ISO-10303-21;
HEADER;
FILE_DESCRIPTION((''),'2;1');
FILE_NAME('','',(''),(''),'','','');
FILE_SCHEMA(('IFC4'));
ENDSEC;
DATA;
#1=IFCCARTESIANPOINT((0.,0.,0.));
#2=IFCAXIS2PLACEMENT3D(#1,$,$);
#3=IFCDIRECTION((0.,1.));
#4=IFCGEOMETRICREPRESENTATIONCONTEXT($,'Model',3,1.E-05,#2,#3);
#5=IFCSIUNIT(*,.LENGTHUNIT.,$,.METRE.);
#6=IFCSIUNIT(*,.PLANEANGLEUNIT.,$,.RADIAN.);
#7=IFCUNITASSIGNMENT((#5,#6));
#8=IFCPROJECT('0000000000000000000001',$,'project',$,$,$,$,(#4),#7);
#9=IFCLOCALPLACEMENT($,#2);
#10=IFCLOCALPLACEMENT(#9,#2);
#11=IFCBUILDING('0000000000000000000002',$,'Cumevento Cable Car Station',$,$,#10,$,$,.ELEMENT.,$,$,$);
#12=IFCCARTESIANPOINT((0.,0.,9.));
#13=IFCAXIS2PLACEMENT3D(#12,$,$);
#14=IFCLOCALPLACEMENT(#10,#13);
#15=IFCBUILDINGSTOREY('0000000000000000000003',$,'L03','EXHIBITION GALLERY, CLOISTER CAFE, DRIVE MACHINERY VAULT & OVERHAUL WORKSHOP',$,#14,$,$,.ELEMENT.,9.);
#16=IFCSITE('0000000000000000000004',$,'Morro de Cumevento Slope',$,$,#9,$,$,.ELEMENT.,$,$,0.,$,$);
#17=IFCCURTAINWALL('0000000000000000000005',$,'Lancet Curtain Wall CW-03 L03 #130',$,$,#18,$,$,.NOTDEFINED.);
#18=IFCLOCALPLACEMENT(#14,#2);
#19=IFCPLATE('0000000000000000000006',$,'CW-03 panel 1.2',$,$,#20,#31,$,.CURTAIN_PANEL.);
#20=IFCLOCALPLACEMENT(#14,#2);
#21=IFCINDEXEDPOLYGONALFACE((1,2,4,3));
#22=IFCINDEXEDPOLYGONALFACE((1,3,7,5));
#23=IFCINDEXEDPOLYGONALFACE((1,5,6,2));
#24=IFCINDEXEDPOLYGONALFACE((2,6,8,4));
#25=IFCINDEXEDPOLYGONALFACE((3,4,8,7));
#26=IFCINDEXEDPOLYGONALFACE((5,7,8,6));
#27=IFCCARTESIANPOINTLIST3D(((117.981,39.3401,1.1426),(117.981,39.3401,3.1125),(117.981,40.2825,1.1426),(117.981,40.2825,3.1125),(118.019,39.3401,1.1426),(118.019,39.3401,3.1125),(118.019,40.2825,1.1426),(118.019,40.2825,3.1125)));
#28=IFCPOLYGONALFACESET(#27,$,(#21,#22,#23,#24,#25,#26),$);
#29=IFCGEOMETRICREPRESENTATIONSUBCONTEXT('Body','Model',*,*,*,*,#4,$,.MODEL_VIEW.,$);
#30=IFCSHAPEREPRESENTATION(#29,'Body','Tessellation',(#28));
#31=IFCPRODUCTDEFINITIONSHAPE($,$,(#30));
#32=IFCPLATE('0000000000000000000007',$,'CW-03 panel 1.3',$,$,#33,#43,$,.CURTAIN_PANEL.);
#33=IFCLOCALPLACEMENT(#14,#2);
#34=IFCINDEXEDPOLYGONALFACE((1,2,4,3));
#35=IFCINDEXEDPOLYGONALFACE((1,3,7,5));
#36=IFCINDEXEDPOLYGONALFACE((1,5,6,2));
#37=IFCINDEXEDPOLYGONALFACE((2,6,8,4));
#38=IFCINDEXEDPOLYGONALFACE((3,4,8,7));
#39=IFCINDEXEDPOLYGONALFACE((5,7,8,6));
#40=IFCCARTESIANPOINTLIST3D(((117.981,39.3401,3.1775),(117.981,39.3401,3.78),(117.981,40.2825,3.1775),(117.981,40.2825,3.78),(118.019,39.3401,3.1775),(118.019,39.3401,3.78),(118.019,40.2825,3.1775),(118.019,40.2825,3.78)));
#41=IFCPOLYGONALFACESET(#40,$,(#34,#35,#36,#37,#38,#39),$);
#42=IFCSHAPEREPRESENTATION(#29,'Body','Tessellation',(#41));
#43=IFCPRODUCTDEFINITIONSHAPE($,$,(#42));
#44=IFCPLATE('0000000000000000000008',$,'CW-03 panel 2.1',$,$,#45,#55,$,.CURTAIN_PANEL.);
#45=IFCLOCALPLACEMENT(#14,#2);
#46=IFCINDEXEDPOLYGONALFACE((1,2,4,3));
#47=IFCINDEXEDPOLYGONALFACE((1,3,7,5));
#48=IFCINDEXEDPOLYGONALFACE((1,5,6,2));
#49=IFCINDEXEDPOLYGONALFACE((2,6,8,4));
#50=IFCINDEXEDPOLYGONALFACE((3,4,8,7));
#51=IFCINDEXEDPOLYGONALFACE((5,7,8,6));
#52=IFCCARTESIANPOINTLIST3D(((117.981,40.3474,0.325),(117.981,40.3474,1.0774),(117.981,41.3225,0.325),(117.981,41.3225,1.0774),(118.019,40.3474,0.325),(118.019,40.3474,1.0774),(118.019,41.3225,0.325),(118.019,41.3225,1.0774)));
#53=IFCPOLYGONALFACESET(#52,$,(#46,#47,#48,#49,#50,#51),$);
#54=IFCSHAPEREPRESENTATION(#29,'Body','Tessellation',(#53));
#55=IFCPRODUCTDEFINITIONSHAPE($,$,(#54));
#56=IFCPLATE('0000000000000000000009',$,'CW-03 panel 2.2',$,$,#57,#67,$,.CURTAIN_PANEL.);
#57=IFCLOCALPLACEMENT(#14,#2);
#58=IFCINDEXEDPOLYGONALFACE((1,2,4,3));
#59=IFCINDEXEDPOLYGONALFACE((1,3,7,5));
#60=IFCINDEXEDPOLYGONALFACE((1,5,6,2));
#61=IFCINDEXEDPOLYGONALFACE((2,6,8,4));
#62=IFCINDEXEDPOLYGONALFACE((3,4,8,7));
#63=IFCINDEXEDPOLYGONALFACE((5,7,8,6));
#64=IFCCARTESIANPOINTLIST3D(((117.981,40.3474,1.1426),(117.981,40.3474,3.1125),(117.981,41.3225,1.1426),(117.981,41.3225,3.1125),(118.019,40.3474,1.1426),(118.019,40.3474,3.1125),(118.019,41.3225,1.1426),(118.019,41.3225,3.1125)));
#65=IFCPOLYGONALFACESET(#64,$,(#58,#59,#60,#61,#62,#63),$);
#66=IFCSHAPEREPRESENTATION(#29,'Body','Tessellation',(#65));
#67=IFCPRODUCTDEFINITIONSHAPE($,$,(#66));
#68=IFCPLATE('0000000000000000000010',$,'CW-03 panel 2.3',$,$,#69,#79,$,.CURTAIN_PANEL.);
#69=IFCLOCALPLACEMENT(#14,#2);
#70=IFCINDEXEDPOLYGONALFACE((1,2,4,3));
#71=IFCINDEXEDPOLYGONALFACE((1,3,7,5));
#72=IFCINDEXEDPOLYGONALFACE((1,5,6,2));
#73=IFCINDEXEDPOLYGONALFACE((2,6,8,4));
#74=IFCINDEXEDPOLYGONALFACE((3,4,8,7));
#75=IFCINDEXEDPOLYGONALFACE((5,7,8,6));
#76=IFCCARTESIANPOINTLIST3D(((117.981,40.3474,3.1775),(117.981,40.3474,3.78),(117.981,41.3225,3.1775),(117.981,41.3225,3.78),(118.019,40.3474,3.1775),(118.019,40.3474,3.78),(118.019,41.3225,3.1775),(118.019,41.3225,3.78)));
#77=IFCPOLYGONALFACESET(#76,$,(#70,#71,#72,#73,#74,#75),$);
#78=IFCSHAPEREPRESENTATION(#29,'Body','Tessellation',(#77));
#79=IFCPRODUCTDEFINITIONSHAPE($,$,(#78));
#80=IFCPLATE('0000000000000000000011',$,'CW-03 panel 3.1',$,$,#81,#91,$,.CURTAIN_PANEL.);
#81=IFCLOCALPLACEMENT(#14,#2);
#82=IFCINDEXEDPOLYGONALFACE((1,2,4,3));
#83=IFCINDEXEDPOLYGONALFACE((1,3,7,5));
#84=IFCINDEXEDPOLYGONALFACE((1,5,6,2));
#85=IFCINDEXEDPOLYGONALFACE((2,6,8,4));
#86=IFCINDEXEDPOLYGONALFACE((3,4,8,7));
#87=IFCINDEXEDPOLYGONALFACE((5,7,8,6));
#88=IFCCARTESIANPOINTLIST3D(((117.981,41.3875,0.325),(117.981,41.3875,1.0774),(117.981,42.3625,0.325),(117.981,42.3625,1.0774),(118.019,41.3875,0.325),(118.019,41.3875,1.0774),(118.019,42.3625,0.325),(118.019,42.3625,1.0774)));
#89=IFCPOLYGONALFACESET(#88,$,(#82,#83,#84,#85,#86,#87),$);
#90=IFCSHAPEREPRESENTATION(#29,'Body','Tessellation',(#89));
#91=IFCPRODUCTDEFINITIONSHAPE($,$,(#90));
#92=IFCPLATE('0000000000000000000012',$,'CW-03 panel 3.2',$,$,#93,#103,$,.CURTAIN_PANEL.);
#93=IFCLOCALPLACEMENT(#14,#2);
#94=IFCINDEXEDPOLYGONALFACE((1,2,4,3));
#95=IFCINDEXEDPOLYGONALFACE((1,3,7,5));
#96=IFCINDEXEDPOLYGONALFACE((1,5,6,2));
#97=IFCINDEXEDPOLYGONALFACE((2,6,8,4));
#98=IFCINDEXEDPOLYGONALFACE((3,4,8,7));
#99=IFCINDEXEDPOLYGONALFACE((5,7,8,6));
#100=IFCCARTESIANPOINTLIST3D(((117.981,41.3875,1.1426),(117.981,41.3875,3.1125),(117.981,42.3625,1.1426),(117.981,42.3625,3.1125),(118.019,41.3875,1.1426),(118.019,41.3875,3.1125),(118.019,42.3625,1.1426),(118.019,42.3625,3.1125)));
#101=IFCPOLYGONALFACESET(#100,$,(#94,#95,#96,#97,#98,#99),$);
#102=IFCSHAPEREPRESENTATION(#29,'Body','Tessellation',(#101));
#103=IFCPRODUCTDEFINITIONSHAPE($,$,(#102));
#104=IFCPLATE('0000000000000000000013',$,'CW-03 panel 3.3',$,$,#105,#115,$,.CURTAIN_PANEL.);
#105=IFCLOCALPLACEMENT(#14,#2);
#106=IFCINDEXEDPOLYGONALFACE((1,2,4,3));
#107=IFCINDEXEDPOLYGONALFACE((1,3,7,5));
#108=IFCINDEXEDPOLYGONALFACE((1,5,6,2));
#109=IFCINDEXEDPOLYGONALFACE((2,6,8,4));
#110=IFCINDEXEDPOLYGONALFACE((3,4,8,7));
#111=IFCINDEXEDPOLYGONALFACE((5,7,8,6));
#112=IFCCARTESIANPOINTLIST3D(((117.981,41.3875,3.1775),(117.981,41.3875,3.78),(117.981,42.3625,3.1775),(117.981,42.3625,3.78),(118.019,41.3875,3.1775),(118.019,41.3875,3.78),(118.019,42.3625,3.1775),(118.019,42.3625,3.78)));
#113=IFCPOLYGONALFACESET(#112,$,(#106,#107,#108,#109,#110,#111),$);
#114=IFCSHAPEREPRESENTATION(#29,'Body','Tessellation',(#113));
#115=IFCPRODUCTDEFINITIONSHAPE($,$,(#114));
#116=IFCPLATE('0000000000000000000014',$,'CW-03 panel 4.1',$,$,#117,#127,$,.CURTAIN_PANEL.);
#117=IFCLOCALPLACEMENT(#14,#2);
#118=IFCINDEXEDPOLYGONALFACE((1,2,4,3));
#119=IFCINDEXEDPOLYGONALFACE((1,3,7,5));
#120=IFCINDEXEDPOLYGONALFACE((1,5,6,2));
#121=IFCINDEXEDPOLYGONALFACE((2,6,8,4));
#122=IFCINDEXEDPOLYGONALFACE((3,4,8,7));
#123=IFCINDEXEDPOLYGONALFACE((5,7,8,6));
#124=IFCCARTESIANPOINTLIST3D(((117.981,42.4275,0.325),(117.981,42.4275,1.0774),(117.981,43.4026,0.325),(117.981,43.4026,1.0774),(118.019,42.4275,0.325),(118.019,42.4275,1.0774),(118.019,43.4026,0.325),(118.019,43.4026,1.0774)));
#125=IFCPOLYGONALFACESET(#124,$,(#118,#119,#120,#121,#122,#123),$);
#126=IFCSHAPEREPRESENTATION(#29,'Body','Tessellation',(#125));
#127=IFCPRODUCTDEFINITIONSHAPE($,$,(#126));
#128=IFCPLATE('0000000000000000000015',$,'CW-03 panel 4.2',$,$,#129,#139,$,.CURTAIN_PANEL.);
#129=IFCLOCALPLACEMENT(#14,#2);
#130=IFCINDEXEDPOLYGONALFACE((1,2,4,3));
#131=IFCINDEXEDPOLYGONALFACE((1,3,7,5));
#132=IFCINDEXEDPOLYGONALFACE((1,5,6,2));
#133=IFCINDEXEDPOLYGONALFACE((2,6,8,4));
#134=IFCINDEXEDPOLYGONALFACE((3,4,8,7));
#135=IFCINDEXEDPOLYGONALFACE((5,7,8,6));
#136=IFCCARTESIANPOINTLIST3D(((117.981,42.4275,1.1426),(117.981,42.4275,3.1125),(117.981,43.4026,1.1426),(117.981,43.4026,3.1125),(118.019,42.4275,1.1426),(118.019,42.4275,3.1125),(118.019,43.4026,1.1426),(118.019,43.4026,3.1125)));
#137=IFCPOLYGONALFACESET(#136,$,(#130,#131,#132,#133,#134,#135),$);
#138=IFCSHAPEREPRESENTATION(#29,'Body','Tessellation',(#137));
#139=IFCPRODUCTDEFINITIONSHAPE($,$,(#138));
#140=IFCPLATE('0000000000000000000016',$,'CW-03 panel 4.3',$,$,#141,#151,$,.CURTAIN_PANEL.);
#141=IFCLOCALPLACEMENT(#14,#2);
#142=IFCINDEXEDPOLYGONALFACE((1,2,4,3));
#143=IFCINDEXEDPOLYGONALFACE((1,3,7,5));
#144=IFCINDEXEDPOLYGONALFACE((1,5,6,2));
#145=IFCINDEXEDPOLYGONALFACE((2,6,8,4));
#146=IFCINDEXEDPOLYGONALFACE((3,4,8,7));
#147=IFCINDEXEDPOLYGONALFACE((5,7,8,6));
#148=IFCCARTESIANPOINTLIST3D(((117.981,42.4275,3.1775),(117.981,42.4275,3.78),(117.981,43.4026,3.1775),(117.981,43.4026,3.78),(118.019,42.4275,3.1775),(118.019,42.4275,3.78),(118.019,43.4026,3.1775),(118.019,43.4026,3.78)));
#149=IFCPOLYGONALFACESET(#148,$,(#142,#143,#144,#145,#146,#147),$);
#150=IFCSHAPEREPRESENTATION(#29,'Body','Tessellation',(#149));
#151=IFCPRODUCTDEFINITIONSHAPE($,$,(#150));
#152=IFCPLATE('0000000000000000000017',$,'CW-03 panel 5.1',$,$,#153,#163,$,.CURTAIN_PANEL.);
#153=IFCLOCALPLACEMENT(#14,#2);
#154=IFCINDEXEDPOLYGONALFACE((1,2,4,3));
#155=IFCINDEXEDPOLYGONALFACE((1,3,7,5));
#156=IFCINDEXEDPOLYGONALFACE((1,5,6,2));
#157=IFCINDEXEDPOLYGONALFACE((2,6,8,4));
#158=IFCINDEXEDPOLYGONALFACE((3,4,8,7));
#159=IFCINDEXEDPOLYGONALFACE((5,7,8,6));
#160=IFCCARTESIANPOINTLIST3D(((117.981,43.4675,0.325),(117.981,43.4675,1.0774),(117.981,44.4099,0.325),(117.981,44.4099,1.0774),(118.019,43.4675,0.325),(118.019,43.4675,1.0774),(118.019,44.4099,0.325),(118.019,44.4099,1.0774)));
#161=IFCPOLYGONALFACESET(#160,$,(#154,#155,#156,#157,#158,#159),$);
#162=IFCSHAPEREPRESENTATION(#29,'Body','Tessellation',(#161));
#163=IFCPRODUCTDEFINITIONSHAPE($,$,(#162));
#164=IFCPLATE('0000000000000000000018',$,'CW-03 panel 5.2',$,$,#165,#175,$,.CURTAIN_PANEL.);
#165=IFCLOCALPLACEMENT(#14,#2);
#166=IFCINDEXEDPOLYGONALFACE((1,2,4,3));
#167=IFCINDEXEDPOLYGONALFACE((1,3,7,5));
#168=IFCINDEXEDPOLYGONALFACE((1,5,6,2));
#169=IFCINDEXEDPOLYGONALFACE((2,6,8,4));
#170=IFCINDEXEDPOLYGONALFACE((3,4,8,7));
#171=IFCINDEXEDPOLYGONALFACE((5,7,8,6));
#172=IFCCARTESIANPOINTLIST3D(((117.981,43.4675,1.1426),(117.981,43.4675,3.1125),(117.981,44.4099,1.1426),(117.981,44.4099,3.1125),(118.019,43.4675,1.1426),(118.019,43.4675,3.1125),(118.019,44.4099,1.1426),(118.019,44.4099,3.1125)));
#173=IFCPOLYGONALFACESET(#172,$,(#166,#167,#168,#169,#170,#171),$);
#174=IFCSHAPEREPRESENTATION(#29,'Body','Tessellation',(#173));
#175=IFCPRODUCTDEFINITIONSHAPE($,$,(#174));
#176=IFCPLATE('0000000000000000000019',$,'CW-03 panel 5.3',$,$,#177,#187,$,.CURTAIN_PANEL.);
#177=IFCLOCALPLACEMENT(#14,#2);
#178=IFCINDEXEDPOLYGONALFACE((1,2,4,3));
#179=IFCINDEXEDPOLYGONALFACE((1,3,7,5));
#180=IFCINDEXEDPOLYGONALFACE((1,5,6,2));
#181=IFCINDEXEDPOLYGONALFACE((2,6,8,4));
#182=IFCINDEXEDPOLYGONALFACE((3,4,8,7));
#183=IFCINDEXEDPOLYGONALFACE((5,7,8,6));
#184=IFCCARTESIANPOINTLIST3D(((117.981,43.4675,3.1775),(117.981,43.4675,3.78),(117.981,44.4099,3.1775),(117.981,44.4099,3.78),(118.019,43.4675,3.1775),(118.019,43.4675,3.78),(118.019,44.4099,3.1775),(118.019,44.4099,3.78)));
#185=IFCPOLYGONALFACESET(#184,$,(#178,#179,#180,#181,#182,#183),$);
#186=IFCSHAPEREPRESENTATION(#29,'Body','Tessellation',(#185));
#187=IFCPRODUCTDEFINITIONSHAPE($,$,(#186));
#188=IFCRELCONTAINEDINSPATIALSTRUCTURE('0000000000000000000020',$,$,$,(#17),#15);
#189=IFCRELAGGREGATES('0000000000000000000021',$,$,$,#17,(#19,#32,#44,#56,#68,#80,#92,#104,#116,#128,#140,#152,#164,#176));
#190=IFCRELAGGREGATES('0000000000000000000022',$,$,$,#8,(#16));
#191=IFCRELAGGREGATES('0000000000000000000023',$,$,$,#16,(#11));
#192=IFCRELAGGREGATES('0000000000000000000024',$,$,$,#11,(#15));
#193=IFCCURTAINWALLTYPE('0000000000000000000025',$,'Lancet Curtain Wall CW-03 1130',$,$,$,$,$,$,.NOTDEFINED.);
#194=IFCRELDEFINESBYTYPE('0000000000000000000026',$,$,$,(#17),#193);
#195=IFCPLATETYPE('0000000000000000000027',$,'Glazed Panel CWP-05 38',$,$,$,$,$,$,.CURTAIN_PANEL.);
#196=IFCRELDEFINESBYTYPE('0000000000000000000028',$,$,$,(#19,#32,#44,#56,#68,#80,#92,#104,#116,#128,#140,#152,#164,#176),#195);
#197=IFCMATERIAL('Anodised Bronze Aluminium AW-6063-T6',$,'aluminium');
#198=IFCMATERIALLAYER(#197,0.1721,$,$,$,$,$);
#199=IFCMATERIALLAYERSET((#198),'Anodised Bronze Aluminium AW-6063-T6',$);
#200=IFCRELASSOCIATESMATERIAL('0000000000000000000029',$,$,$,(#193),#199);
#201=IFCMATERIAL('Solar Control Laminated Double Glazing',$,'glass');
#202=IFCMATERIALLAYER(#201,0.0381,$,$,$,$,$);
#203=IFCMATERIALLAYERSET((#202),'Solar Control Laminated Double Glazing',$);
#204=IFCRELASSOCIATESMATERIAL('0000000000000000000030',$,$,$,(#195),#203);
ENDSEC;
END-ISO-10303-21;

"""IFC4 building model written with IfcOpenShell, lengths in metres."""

from ifc_helpers import new_model, si_unit, direction, frame, origin, origin_2d, place, context, subcontext, project, spatial, rectangle, extrude, material, layer, layer_set, type_object, element, aggregate, save


model = new_model("IFC4")

# Units and contexts
model_context = context("Model", 3, precision=1e-05, world=origin(), true_north=direction((0.0, 1.0)))
body_context = subcontext(model_context, "Body", "Model", "MODEL_VIEW")
ifc_project = project(units=[si_unit("LENGTHUNIT", "METRE"), si_unit("PLANEANGLEUNIT", "RADIAN")], contexts=[model_context])

# Site, building, storey
site_placement = place(None, origin())
site = spatial("IfcSite", under=ifc_project, at=site_placement, Name="Morro de Cumevento Slope", CompositionType="ELEMENT", RefElevation=0.0)
building_placement = place(site_placement, origin())
building = spatial("IfcBuilding", under=site, at=building_placement, Name="Cumevento Cable Car Station", CompositionType="ELEMENT")
storey_placement = place(building_placement, frame((0.0, 0.0, 9.0)))
storey = spatial("IfcBuildingStorey", under=building, at=storey_placement, Name="L03", Description="EXHIBITION GALLERY, CLOISTER CAFE, DRIVE MACHINERY VAULT & OVERHAUL WORKSHOP", CompositionType="ELEMENT", Elevation=9.0)

# Curtain wall, plates
ifc_material_1 = material(Name="Anodised Bronze Aluminium AW-6063-T6", Category="aluminium")
ifc_layer_1 = layer(ifc_material_1, 0.1721)
ifc_layer_set_1 = layer_set([ifc_layer_1], Name="Anodised Bronze Aluminium AW-6063-T6")
curtain_wall_type = type_object("IfcCurtainWallType", Name="Lancet Curtain Wall CW-03 1130", PredefinedType="NOTDEFINED", material=ifc_layer_set_1)
curtain_wall_placement = place(storey_placement, origin())
curtain_wall = element("IfcCurtainWall", 1, at=curtain_wall_placement, inside=storey, type_object=curtain_wall_type, Name="Lancet Curtain Wall CW-03 L03 #130", PredefinedType="NOTDEFINED")
ifc_material_2 = material(Name="Solar Control Laminated Double Glazing", Category="glass")
ifc_layer_2 = layer(ifc_material_2, 0.0381)
ifc_layer_set_2 = layer_set([ifc_layer_2], Name="Solar Control Laminated Double Glazing")
plate_type = type_object("IfcPlateType", Name="Glazed Panel CWP-05 38", PredefinedType="CURTAIN_PANEL", material=ifc_layer_set_2)
plate_1_placement = place(storey_placement, frame((118.0, 39.8113, 1.1426), z_axis=(0.0, 0.0, 1.0), x_axis=(0.0, 1.0, 0.0)))
plate_1 = element("IfcPlate", 2, at=plate_1_placement, type_object=plate_type, Name="CW-03 panel 1.2", PredefinedType="CURTAIN_PANEL", context=body_context, shape_type="SweptSolid", body=[
    extrude(rectangle(XDim=0.9424, YDim=0.0381, at=origin_2d()), origin(), (0.0, 0.0, 1.0), 1.97),
])
plate_2_placement = place(storey_placement, frame((118.0, 39.8113, 3.1775), z_axis=(0.0, 0.0, 1.0), x_axis=(0.0, 1.0, 0.0)))
plate_2 = element("IfcPlate", 3, at=plate_2_placement, type_object=plate_type, Name="CW-03 panel 1.3", PredefinedType="CURTAIN_PANEL", context=body_context, shape_type="SweptSolid", body=[
    extrude(rectangle(XDim=0.9424, YDim=0.0381, at=origin_2d()), origin(), (0.0, 0.0, 1.0), 0.6025),
])
plate_3_placement = place(storey_placement, frame((118.0, 40.835, 0.325), z_axis=(0.0, 0.0, 1.0), x_axis=(0.0, 1.0, 0.0)))
plate_3 = element("IfcPlate", 4, at=plate_3_placement, type_object=plate_type, Name="CW-03 panel 2.1", PredefinedType="CURTAIN_PANEL", context=body_context, shape_type="SweptSolid", body=[
    extrude(rectangle(XDim=0.9751, YDim=0.0381, at=origin_2d()), origin(), (0.0, 0.0, 1.0), 0.7524),
])
plate_4_placement = place(storey_placement, frame((118.0, 40.835, 1.1426), z_axis=(0.0, 0.0, 1.0), x_axis=(0.0, 1.0, 0.0)))
plate_4 = element("IfcPlate", 5, at=plate_4_placement, type_object=plate_type, Name="CW-03 panel 2.2", PredefinedType="CURTAIN_PANEL", context=body_context, shape_type="SweptSolid", body=[
    extrude(rectangle(XDim=0.9751, YDim=0.0381, at=origin_2d()), origin(), (0.0, 0.0, 1.0), 1.97),
])
plate_5_placement = place(storey_placement, frame((118.0, 40.835, 3.1775), z_axis=(0.0, 0.0, 1.0), x_axis=(0.0, 1.0, 0.0)))
plate_5 = element("IfcPlate", 6, at=plate_5_placement, type_object=plate_type, Name="CW-03 panel 2.3", PredefinedType="CURTAIN_PANEL", context=body_context, shape_type="SweptSolid", body=[
    extrude(rectangle(XDim=0.9751, YDim=0.0381, at=origin_2d()), origin(), (0.0, 0.0, 1.0), 0.6025),
])
plate_6_placement = place(storey_placement, frame((118.0, 41.875, 0.325), z_axis=(0.0, 0.0, 1.0), x_axis=(0.0, 1.0, 0.0)))
plate_6 = element("IfcPlate", 7, at=plate_6_placement, type_object=plate_type, Name="CW-03 panel 3.1", PredefinedType="CURTAIN_PANEL", context=body_context, shape_type="SweptSolid", body=[
    extrude(rectangle(XDim=0.9751, YDim=0.0381, at=origin_2d()), origin(), (0.0, 0.0, 1.0), 0.7524),
])
plate_7_placement = place(storey_placement, frame((118.0, 41.875, 1.1426), z_axis=(0.0, 0.0, 1.0), x_axis=(0.0, 1.0, 0.0)))
plate_7 = element("IfcPlate", 8, at=plate_7_placement, type_object=plate_type, Name="CW-03 panel 3.2", PredefinedType="CURTAIN_PANEL", context=body_context, shape_type="SweptSolid", body=[
    extrude(rectangle(XDim=0.9751, YDim=0.0381, at=origin_2d()), origin(), (0.0, 0.0, 1.0), 1.97),
])
plate_8_placement = place(storey_placement, frame((118.0, 41.875, 3.1775), z_axis=(0.0, 0.0, 1.0), x_axis=(0.0, 1.0, 0.0)))
plate_8 = element("IfcPlate", 9, at=plate_8_placement, type_object=plate_type, Name="CW-03 panel 3.3", PredefinedType="CURTAIN_PANEL", context=body_context, shape_type="SweptSolid", body=[
    extrude(rectangle(XDim=0.9751, YDim=0.0381, at=origin_2d()), origin(), (0.0, 0.0, 1.0), 0.6025),
])
plate_9_placement = place(storey_placement, frame((118.0, 42.915, 0.325), z_axis=(0.0, 0.0, 1.0), x_axis=(0.0, 1.0, 0.0)))
plate_9 = element("IfcPlate", 10, at=plate_9_placement, type_object=plate_type, Name="CW-03 panel 4.1", PredefinedType="CURTAIN_PANEL", context=body_context, shape_type="SweptSolid", body=[
    extrude(rectangle(XDim=0.9751, YDim=0.0381, at=origin_2d()), origin(), (0.0, 0.0, 1.0), 0.7524),
])
plate_10_placement = place(storey_placement, frame((118.0, 42.915, 1.1426), z_axis=(0.0, 0.0, 1.0), x_axis=(0.0, 1.0, 0.0)))
plate_10 = element("IfcPlate", 11, at=plate_10_placement, type_object=plate_type, Name="CW-03 panel 4.2", PredefinedType="CURTAIN_PANEL", context=body_context, shape_type="SweptSolid", body=[
    extrude(rectangle(XDim=0.9751, YDim=0.0381, at=origin_2d()), origin(), (0.0, 0.0, 1.0), 1.97),
])
plate_11_placement = place(storey_placement, frame((118.0, 42.915, 3.1775), z_axis=(0.0, 0.0, 1.0), x_axis=(0.0, 1.0, 0.0)))
plate_11 = element("IfcPlate", 12, at=plate_11_placement, type_object=plate_type, Name="CW-03 panel 4.3", PredefinedType="CURTAIN_PANEL", context=body_context, shape_type="SweptSolid", body=[
    extrude(rectangle(XDim=0.9751, YDim=0.0381, at=origin_2d()), origin(), (0.0, 0.0, 1.0), 0.6025),
])
plate_12_placement = place(storey_placement, frame((118.0, 43.9387, 0.325), z_axis=(0.0, 0.0, 1.0), x_axis=(0.0, 1.0, 0.0)))
plate_12 = element("IfcPlate", 13, at=plate_12_placement, type_object=plate_type, Name="CW-03 panel 5.1", PredefinedType="CURTAIN_PANEL", context=body_context, shape_type="SweptSolid", body=[
    extrude(rectangle(XDim=0.9424, YDim=0.0381, at=origin_2d()), origin(), (0.0, 0.0, 1.0), 0.7524),
])
plate_13_placement = place(storey_placement, frame((118.0, 43.9387, 1.1426), z_axis=(0.0, 0.0, 1.0), x_axis=(0.0, 1.0, 0.0)))
plate_13 = element("IfcPlate", 14, at=plate_13_placement, type_object=plate_type, Name="CW-03 panel 5.2", PredefinedType="CURTAIN_PANEL", context=body_context, shape_type="SweptSolid", body=[
    extrude(rectangle(XDim=0.9424, YDim=0.0381, at=origin_2d()), origin(), (0.0, 0.0, 1.0), 1.97),
])
plate_14_placement = place(storey_placement, frame((118.0, 43.9387, 3.1775), z_axis=(0.0, 0.0, 1.0), x_axis=(0.0, 1.0, 0.0)))
plate_14 = element("IfcPlate", 15, at=plate_14_placement, type_object=plate_type, Name="CW-03 panel 5.3", PredefinedType="CURTAIN_PANEL", context=body_context, shape_type="SweptSolid", body=[
    extrude(rectangle(XDim=0.9424, YDim=0.0381, at=origin_2d()), origin(), (0.0, 0.0, 1.0), 0.6025),
])
aggregate(curtain_wall, [plate_1, plate_2, plate_3, plate_4, plate_5, plate_6, plate_7, plate_8, plate_9, plate_10, plate_11, plate_12, plate_13, plate_14])

save(model, "model.ifc")
